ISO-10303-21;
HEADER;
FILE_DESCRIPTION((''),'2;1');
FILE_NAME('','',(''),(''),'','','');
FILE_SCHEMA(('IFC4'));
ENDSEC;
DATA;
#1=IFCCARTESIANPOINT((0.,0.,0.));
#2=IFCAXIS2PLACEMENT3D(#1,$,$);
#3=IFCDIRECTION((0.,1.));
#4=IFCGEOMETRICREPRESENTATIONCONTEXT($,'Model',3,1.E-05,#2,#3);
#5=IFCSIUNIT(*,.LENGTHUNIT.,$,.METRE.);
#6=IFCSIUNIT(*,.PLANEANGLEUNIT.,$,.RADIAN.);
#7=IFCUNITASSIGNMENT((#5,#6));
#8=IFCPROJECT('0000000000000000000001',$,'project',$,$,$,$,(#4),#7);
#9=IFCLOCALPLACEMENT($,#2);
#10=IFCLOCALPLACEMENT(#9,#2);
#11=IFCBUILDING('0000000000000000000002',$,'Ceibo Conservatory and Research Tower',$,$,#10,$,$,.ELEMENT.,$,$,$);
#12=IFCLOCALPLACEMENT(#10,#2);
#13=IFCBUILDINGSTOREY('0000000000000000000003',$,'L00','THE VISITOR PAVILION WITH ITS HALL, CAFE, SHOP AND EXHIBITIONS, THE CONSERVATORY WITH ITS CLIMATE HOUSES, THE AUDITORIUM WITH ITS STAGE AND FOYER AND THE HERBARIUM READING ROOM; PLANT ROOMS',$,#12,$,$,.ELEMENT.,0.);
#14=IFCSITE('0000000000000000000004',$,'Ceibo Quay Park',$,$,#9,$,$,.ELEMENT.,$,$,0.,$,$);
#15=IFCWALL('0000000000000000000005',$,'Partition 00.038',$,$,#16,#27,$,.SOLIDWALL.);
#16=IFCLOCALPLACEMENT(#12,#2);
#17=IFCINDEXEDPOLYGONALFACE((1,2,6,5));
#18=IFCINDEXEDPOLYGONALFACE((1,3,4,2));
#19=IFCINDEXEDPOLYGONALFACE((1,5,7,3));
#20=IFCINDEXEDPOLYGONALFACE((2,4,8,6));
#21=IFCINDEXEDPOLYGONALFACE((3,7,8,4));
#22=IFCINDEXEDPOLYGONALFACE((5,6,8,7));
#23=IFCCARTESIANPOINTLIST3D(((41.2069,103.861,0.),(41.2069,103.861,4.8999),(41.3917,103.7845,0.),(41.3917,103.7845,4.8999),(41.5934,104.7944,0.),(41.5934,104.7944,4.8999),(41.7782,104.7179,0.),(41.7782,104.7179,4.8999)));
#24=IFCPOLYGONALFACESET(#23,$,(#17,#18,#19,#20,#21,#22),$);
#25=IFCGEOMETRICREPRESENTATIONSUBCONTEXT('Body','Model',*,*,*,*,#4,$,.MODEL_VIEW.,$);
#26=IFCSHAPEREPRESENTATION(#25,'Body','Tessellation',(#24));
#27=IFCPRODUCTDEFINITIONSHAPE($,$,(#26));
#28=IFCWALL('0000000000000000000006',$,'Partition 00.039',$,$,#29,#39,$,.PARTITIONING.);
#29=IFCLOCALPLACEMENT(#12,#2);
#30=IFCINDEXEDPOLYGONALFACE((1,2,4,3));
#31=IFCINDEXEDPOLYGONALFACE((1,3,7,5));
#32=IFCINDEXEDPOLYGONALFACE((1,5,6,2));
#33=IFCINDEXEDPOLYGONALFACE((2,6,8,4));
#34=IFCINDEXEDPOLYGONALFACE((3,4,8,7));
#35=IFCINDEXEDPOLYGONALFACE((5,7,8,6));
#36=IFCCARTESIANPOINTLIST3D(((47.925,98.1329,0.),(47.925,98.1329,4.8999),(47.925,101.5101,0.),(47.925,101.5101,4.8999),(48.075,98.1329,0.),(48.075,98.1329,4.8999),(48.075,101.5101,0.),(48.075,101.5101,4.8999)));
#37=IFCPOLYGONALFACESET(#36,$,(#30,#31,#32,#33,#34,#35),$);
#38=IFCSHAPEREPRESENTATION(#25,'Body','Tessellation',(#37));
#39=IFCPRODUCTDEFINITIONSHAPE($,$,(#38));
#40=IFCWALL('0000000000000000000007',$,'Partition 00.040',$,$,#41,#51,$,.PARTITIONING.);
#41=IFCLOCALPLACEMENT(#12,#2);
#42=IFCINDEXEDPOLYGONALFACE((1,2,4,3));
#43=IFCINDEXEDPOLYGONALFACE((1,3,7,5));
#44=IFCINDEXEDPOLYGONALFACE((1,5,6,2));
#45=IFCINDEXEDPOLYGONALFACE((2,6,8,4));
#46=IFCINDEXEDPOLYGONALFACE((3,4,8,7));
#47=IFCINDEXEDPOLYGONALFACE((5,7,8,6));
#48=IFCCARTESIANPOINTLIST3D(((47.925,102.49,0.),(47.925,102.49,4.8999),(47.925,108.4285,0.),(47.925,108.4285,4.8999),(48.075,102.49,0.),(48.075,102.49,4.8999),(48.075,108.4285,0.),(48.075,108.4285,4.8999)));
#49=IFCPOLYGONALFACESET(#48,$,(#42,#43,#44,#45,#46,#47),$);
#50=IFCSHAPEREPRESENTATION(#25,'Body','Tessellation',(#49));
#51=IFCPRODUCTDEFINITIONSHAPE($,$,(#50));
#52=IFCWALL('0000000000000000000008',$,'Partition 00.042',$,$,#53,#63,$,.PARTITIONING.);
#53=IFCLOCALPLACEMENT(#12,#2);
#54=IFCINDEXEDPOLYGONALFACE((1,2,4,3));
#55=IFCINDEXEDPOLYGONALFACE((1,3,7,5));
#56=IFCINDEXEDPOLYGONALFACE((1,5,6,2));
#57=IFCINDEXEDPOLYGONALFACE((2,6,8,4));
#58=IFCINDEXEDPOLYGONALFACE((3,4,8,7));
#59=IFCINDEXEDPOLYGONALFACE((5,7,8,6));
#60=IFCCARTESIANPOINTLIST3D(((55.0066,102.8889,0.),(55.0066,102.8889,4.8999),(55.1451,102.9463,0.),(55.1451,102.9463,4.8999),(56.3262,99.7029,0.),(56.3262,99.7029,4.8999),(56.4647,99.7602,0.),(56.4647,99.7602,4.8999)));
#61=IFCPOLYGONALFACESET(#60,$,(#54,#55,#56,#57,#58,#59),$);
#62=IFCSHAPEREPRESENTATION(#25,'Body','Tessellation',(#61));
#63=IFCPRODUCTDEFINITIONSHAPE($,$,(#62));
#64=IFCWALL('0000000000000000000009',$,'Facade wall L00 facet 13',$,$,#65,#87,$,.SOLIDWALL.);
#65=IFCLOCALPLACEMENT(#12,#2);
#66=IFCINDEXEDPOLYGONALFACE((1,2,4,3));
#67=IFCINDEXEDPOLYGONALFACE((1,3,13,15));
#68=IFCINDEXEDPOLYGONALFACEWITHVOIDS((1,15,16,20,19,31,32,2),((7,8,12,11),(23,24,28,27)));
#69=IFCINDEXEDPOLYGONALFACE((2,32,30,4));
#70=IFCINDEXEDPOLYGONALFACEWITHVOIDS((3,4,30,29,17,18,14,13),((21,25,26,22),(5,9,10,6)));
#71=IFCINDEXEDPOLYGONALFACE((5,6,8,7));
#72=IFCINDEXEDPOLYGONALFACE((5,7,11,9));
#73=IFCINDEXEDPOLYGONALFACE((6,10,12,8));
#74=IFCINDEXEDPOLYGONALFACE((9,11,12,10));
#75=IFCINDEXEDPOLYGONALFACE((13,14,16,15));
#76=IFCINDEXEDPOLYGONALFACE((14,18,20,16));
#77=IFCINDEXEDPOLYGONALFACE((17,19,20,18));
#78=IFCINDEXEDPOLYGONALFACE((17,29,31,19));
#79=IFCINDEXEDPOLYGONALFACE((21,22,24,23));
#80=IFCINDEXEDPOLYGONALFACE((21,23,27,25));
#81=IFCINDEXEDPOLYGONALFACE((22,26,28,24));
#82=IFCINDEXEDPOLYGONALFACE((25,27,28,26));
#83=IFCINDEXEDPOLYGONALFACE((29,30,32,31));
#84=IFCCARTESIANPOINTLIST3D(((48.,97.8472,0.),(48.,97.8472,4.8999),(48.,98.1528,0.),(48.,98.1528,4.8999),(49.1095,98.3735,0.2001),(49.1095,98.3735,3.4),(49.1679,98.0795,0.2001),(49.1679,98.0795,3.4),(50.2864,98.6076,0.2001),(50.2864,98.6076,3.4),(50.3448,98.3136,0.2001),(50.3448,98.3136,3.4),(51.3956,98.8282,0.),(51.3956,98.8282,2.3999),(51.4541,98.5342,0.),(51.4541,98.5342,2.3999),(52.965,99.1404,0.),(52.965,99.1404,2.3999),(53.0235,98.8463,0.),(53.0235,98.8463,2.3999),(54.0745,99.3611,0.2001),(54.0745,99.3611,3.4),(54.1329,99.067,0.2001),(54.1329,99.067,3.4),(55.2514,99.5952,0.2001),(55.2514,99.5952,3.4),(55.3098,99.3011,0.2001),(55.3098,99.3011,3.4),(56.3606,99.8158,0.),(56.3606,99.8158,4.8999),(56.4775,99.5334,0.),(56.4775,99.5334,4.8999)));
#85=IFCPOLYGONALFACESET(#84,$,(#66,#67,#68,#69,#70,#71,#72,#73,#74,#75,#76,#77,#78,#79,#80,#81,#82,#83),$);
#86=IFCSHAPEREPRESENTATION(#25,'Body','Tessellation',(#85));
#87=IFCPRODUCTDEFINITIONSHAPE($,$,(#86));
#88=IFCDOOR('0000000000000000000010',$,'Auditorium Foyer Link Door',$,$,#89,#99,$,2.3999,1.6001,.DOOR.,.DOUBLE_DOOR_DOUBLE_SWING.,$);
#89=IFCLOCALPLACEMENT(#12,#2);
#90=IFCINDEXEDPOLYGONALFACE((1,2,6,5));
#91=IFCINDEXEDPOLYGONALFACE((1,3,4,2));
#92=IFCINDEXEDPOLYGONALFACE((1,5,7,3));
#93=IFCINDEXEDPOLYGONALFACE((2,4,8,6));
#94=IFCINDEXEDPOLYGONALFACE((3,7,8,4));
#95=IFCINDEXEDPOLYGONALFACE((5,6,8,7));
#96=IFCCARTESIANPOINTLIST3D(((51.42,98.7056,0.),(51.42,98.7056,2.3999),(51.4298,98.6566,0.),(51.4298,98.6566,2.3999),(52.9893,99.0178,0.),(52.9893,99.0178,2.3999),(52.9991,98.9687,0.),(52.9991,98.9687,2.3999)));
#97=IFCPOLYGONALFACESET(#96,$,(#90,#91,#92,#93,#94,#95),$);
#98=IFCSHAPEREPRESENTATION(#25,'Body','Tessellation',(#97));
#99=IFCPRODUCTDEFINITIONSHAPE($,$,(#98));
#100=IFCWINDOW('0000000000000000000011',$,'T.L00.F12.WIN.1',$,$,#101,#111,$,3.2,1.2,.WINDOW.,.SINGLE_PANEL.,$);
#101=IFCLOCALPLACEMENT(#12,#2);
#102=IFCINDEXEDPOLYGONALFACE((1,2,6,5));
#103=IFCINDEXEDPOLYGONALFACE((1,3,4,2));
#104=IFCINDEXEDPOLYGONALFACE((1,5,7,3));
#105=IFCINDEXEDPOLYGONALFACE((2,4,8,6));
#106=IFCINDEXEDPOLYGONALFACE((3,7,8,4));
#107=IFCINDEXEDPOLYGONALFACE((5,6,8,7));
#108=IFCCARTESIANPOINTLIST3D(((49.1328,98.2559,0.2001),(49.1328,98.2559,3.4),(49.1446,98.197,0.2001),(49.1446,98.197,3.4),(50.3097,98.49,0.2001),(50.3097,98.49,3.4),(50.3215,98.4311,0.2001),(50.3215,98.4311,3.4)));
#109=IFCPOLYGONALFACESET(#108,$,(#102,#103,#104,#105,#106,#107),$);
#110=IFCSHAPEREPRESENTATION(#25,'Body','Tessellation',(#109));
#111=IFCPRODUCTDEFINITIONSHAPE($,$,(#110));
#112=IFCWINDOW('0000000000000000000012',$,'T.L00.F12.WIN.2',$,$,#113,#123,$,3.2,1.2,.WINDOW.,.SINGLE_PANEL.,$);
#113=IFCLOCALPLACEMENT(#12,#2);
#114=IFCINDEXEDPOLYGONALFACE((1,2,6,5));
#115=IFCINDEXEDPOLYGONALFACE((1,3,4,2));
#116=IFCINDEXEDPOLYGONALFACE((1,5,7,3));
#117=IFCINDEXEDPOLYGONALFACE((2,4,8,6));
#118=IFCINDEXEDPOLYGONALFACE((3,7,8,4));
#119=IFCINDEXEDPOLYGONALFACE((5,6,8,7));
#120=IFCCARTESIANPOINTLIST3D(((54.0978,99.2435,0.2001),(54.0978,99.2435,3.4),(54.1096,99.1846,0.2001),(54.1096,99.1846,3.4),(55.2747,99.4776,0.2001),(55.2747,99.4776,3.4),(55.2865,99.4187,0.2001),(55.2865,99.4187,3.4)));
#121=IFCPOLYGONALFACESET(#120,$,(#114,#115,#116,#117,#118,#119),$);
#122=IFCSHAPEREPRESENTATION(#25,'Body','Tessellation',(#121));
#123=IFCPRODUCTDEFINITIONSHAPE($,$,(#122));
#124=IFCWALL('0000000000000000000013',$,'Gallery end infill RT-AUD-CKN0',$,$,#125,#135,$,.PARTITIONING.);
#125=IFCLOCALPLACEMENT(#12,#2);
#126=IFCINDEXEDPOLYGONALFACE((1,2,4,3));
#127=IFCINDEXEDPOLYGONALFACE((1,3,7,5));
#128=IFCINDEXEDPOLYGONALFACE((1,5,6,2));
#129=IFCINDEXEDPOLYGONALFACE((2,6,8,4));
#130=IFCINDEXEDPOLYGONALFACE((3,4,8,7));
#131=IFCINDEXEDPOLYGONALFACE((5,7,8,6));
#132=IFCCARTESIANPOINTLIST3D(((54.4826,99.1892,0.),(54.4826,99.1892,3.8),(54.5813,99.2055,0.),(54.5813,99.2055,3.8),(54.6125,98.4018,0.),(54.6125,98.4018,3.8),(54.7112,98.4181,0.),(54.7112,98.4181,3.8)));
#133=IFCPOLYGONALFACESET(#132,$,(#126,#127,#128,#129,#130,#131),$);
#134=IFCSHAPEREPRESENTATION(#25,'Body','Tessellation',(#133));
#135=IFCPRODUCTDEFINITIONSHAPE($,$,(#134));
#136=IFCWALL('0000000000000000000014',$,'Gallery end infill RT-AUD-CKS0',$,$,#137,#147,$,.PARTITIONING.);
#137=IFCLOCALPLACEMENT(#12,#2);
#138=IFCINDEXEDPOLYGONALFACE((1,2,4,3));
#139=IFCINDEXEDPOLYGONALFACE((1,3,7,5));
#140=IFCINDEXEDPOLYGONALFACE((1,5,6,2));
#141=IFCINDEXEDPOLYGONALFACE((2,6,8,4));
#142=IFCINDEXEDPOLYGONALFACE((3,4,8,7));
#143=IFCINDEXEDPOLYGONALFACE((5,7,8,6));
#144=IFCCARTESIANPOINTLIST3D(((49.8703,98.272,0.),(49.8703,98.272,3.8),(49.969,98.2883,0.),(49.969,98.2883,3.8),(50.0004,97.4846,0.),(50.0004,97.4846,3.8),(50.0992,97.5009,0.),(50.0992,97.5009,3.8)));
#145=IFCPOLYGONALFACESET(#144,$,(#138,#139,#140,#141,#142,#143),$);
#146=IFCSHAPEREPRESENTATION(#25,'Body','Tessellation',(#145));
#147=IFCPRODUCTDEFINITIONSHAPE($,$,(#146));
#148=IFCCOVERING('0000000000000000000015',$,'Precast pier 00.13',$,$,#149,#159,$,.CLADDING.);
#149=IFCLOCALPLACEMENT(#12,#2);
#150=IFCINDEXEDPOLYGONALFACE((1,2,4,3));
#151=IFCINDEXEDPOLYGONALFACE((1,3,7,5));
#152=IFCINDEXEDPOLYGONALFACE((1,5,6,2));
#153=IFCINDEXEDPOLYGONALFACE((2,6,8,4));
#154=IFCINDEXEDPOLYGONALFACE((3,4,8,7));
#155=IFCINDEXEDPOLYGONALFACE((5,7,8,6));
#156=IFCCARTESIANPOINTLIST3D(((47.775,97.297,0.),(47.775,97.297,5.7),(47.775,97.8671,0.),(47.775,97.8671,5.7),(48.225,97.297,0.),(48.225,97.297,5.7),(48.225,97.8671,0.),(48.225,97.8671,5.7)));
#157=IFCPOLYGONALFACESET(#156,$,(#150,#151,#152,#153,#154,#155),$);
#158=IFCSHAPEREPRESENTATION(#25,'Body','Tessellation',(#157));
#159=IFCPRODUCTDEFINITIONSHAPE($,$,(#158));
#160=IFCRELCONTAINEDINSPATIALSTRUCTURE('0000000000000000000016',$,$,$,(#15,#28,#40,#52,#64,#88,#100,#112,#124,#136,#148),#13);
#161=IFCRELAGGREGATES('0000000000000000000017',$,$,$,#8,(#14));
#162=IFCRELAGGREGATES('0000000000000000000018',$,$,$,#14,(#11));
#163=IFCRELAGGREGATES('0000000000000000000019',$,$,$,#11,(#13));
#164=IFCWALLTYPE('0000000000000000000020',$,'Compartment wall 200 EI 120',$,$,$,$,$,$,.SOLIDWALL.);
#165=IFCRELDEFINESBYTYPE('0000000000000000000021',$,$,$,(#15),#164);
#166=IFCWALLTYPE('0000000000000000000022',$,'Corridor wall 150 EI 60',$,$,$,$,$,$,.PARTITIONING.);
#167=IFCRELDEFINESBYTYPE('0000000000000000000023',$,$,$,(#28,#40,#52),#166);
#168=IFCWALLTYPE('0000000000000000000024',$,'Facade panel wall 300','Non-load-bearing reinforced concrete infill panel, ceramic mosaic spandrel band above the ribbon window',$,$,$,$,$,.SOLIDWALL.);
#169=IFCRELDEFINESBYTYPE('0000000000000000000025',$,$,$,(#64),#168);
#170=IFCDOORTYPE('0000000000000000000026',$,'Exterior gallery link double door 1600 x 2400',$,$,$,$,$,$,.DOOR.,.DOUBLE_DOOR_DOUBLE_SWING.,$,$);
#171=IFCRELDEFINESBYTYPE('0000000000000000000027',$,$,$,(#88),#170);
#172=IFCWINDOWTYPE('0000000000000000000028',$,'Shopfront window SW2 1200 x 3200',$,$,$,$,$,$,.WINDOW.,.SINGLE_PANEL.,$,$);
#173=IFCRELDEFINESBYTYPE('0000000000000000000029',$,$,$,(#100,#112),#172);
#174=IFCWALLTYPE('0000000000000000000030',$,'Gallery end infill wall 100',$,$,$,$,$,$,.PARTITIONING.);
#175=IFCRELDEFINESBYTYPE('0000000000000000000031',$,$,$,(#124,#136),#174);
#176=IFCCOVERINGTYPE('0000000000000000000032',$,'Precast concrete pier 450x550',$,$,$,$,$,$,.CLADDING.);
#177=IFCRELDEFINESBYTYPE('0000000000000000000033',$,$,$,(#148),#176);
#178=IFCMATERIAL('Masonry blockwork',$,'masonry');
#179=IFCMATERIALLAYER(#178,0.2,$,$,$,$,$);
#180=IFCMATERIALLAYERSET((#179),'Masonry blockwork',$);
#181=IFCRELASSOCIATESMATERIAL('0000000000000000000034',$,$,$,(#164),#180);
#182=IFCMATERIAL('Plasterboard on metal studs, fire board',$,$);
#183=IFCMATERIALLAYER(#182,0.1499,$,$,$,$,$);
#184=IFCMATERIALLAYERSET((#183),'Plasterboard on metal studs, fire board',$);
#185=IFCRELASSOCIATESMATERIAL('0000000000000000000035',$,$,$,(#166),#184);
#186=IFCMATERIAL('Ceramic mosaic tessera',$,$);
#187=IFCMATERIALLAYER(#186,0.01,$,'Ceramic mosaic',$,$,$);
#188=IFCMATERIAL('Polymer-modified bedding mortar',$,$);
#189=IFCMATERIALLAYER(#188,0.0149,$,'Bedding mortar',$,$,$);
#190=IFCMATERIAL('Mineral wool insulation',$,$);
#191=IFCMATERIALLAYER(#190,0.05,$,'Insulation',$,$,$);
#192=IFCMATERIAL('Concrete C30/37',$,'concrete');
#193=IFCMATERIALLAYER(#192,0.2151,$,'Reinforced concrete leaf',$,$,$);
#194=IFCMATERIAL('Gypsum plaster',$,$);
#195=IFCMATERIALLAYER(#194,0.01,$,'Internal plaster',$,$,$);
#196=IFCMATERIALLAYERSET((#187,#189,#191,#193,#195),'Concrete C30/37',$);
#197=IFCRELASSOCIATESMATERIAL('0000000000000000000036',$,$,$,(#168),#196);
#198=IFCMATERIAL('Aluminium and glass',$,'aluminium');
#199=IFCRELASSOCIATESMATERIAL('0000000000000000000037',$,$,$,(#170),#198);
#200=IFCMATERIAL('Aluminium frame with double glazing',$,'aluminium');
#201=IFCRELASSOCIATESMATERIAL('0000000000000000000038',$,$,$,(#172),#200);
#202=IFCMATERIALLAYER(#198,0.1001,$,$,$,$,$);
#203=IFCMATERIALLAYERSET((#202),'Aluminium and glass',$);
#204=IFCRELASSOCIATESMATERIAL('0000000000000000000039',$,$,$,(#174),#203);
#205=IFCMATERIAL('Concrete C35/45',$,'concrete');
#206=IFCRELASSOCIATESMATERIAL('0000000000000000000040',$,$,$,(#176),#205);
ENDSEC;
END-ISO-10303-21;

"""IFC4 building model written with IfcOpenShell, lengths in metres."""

from ifc_helpers import new_model, si_unit, direction, frame, frame_2d, origin, origin_2d, place, context, subcontext, project, spatial, polyline, rectangle, outline, extrude, material, layer, layer_set, type_object, element, fill, save


model = new_model("IFC4")

# Units and contexts
model_context = context("Model", 3, precision=1e-05, world=origin(), true_north=direction((0.0, 1.0)))
body_context = subcontext(model_context, "Body", "Model", "MODEL_VIEW")
ifc_project = project(units=[si_unit("LENGTHUNIT", "METRE"), si_unit("PLANEANGLEUNIT", "RADIAN")], contexts=[model_context])

# Site, building, storey
site_placement = place(None, origin())
site = spatial("IfcSite", under=ifc_project, at=site_placement, Name="Ceibo Quay Park", CompositionType="ELEMENT", RefElevation=0.0)
building_placement = place(site_placement, origin())
building = spatial("IfcBuilding", under=site, at=building_placement, Name="Ceibo Conservatory and Research Tower", CompositionType="ELEMENT")
storey_placement = place(building_placement, origin())
storey = spatial("IfcBuildingStorey", under=building, at=storey_placement, Name="L00", Description="THE VISITOR PAVILION WITH ITS HALL, CAFE, SHOP AND EXHIBITIONS, THE CONSERVATORY WITH ITS CLIMATE HOUSES, THE AUDITORIUM WITH ITS STAGE AND FOYER AND THE HERBARIUM READING ROOM; PLANT ROOMS", CompositionType="ELEMENT", Elevation=0.0)

# Shared definitions
ifc_material_1 = material(Name="Aluminium and glass", Category="aluminium")

# Shared definitions
ifc_material_2 = material(Name="Concrete C35/45", Category="concrete")

# Walls
ifc_material_3 = material(Name="Masonry blockwork", Category="masonry")
ifc_layer_1 = layer(ifc_material_3, 0.2)
ifc_layer_set_1 = layer_set([ifc_layer_1], Name="Masonry blockwork")
wall_type_1 = type_object("IfcWallType", Name="Compartment wall 200 EI 120", PredefinedType="SOLIDWALL", material=ifc_layer_set_1)
wall_1_placement = place(storey_placement, frame((41.6858, 104.7561, 0.0), z_axis=(0.0, 0.0, 1.0), x_axis=(-0.382572, -0.923926, 0.0)))
element("IfcWall", 1, at=wall_1_placement, inside=storey, type_object=wall_type_1, Name="Partition 00.038", PredefinedType="SOLIDWALL", context=body_context, shape_type="SweptSolid", body=[
    extrude(rectangle(XDim=1.0103, YDim=0.2, at=frame_2d((0.5051, 0.0))), origin(), (0.0, 0.0, 1.0), 4.8999),
])
ifc_material_4 = material(Name="Plasterboard on metal studs, fire board")
ifc_layer_2 = layer(ifc_material_4, 0.1499)
ifc_layer_set_2 = layer_set([ifc_layer_2], Name="Plasterboard on metal studs, fire board")
wall_type_2 = type_object("IfcWallType", Name="Corridor wall 150 EI 60", PredefinedType="PARTITIONING", material=ifc_layer_set_2)
wall_2_placement = place(storey_placement, frame((48.0, 101.51, 0.0), z_axis=(0.0, 0.0, 1.0), x_axis=(0.0, -1.0, 0.0)))
element("IfcWall", 2, at=wall_2_placement, inside=storey, type_object=wall_type_2, Name="Partition 00.039", PredefinedType="PARTITIONING", context=body_context, shape_type="SweptSolid", body=[
    extrude(rectangle(XDim=3.3772, YDim=0.1499, at=frame_2d((1.6885, 0.0))), origin(), (0.0, 0.0, 1.0), 4.8999),
])
wall_3_placement = place(storey_placement, frame((48.0, 108.4285, 0.0), z_axis=(0.0, 0.0, 1.0), x_axis=(0.0, -1.0, 0.0)))
element("IfcWall", 3, at=wall_3_placement, inside=storey, type_object=wall_type_2, Name="Partition 00.040", PredefinedType="PARTITIONING", context=body_context, shape_type="SweptSolid", body=[
    extrude(rectangle(XDim=5.9385, YDim=0.1499, at=frame_2d((2.9692, 0.0))), origin(), (0.0, 0.0, 1.0), 4.8999),
])
wall_4_placement = place(storey_placement, frame((55.0759, 102.9175, 0.0), z_axis=(0.0, 0.0, 1.0), x_axis=(0.382654, -0.923892, 0.0)))
element("IfcWall", 4, at=wall_4_placement, inside=storey, type_object=wall_type_2, Name="Partition 00.042", PredefinedType="PARTITIONING", context=body_context, shape_type="SweptSolid", body=[
    extrude(rectangle(XDim=3.4485, YDim=0.1499, at=frame_2d((1.7241, 0.0))), origin(), (0.0, 0.0, 1.0), 4.8999),
])

# Wall, openings, door, windows
ifc_material_5 = material(Name="Ceramic mosaic tessera")
ifc_layer_3 = layer(ifc_material_5, 0.01, Name="Ceramic mosaic")
ifc_material_6 = material(Name="Polymer-modified bedding mortar")
ifc_layer_4 = layer(ifc_material_6, 0.0149, Name="Bedding mortar")
ifc_material_7 = material(Name="Mineral wool insulation")
ifc_layer_5 = layer(ifc_material_7, 0.05, Name="Insulation")
ifc_material_8 = material(Name="Concrete C30/37", Category="concrete")
ifc_layer_6 = layer(ifc_material_8, 0.2151, Name="Reinforced concrete leaf")
ifc_material_9 = material(Name="Gypsum plaster")
ifc_layer_7 = layer(ifc_material_9, 0.01, Name="Internal plaster")
ifc_layer_set_3 = layer_set([ifc_layer_3, ifc_layer_4, ifc_layer_5, ifc_layer_6, ifc_layer_7], Name="Concrete C30/37")
wall_type_3 = type_object("IfcWallType", Name="Facade panel wall 300", Description="Non-load-bearing reinforced concrete infill panel, ceramic mosaic spandrel band above the ribbon window", PredefinedType="SOLIDWALL", material=ifc_layer_set_3)
wall_5_placement = place(storey_placement, frame((48.0, 98.0, 0.0), z_axis=(0.0, 0.0, 1.0), x_axis=(0.980787, 0.195082, 0.0)))
wall_5 = element("IfcWall", 5, at=wall_5_placement, inside=storey, type_object=wall_type_3, Name="Facade wall L00 facet 13", PredefinedType="SOLIDWALL", context=body_context, shape_type="SweptSolid", body=[
    extrude(outline(polyline([(-0.0298, -0.1499), (8.6138, -0.1499), (8.5542, 0.1499), (0.0298, 0.1499), (-0.0298, -0.1499)])), origin(), (0.0, 0.0, 1.0), 4.8999),
])
opening_1_placement = place(wall_5_placement, frame((3.4919, 0.0, 0.0)))
opening_1 = element("IfcOpeningElement", 6, at=opening_1_placement, cuts=wall_5, PredefinedType="OPENING", context=body_context, shape_type="SweptSolid", body=[
    extrude(rectangle(XDim=1.6001, YDim=2.3999, at=frame_2d((0.8, 1.2))), frame((0.0, 0.1599, 0.0), z_axis=(0.0, -1.0, 0.0), x_axis=(1.0, 0.0, 0.0)), (0.0, 0.0, 1.0), 0.3201),
])
opening_2_placement = place(wall_5_placement, frame((1.1609, 0.0, 0.2)))
opening_2 = element("IfcOpeningElement", 7, at=opening_2_placement, cuts=wall_5, PredefinedType="OPENING", context=body_context, shape_type="SweptSolid", body=[
    extrude(rectangle(XDim=1.2, YDim=3.2, at=frame_2d((0.6001, 1.6001))), frame((0.0, 0.1599, 0.0), z_axis=(0.0, -1.0, 0.0), x_axis=(1.0, 0.0, 0.0)), (0.0, 0.0, 1.0), 0.3201),
])
opening_3_placement = place(wall_5_placement, frame((6.2231, 0.0, 0.2)))
opening_3 = element("IfcOpeningElement", 8, at=opening_3_placement, cuts=wall_5, PredefinedType="OPENING", context=body_context, shape_type="SweptSolid", body=[
    extrude(rectangle(XDim=1.2, YDim=3.2, at=frame_2d((0.6001, 1.6001))), frame((0.0, 0.1599, 0.0), z_axis=(0.0, -1.0, 0.0), x_axis=(1.0, 0.0, 0.0)), (0.0, 0.0, 1.0), 0.3201),
])
door_type = type_object("IfcDoorType", Name="Exterior gallery link double door 1600 x 2400", OperationType="DOUBLE_DOOR_DOUBLE_SWING", PredefinedType="DOOR", material=ifc_material_1)
door_placement = place(opening_1_placement, origin())
door = element("IfcDoor", 9, at=door_placement, inside=storey, type_object=door_type, Name="Auditorium Foyer Link Door", OperationType="DOUBLE_DOOR_DOUBLE_SWING", OverallHeight=2.3999, OverallWidth=1.6001, PredefinedType="DOOR", context=body_context, shape_type="SweptSolid", body=[
    extrude(rectangle(XDim=1.6001, YDim=2.3999, at=frame_2d((0.8, 1.2))), frame((0.0, 0.0249, 0.0), z_axis=(0.0, -1.0, 0.0), x_axis=(1.0, 0.0, 0.0)), (0.0, 0.0, 1.0), 0.05),
])
fill(opening_1, door)
ifc_material_10 = material(Name="Aluminium frame with double glazing", Category="aluminium")
window_type = type_object("IfcWindowType", Name="Shopfront window SW2 1200 x 3200", PartitioningType="SINGLE_PANEL", PredefinedType="WINDOW", material=ifc_material_10)
window_1_placement = place(opening_2_placement, origin())
window_1 = element("IfcWindow", 10, at=window_1_placement, inside=storey, type_object=window_type, Name="T.L00.F12.WIN.1", OverallHeight=3.2, OverallWidth=1.2, PartitioningType="SINGLE_PANEL", PredefinedType="WINDOW", context=body_context, shape_type="SweptSolid", body=[
    extrude(rectangle(XDim=1.2, YDim=3.2, at=frame_2d((0.6001, 1.6001))), frame((0.0, 0.03, 0.0), z_axis=(0.0, -1.0, 0.0), x_axis=(1.0, 0.0, 0.0)), (0.0, 0.0, 1.0), 0.0601),
])
fill(opening_2, window_1)
window_2_placement = place(opening_3_placement, origin())
window_2 = element("IfcWindow", 11, at=window_2_placement, inside=storey, type_object=window_type, Name="T.L00.F12.WIN.2", OverallHeight=3.2, OverallWidth=1.2, PartitioningType="SINGLE_PANEL", PredefinedType="WINDOW", context=body_context, shape_type="SweptSolid", body=[
    extrude(rectangle(XDim=1.2, YDim=3.2, at=frame_2d((0.6001, 1.6001))), frame((0.0, 0.03, 0.0), z_axis=(0.0, -1.0, 0.0), x_axis=(1.0, 0.0, 0.0)), (0.0, 0.0, 1.0), 0.0601),
])
fill(opening_3, window_2)

# Walls
ifc_layer_8 = layer(ifc_material_1, 0.1001)
ifc_layer_set_4 = layer_set([ifc_layer_8], Name="Aluminium and glass")
wall_type_4 = type_object("IfcWallType", Name="Gallery end infill wall 100", PredefinedType="PARTITIONING", material=ifc_layer_set_4)
for number, where, z_axis, x_axis, name in (
    (12, (54.532, 99.1973, 0.0), (0.0, 0.0, 1.0), (0.162762, -0.986665, 0.0), "Gallery end infill RT-AUD-CKN0"),
    (13, (49.9197, 98.28, 0.0), (0.0, 0.0, 1.0), (0.163059, -0.986616, 0.0), "Gallery end infill RT-AUD-CKS0"),
):
    element("IfcWall", number, at=place(storey_placement, frame(where, z_axis=z_axis, x_axis=x_axis)), inside=storey, type_object=wall_type_4, Name=name, PredefinedType="PARTITIONING", context=body_context, shape_type="SweptSolid", body=[
        extrude(rectangle(XDim=0.7981, YDim=0.1001, at=frame_2d((0.3989, 0.0))), origin(), (0.0, 0.0, 1.0), 3.8),
    ])

# Covering
covering_type = type_object("IfcCoveringType", Name="Precast concrete pier 450x550", PredefinedType="CLADDING", material=ifc_material_2)
covering_placement = place(storey_placement, frame((48.0, 97.582, 0.0), z_axis=(0.0, 0.0, 1.0), x_axis=(0.0, -1.0, 0.0)))
element("IfcCovering", 14, at=covering_placement, inside=storey, type_object=covering_type, Name="Precast pier 00.13", PredefinedType="CLADDING", context=body_context, shape_type="SweptSolid", body=[
    extrude(rectangle(XDim=0.5701, YDim=0.45, at=origin_2d()), origin(), (0.0, 0.0, 1.0), 5.7),
])

save(model, "model.ifc")
